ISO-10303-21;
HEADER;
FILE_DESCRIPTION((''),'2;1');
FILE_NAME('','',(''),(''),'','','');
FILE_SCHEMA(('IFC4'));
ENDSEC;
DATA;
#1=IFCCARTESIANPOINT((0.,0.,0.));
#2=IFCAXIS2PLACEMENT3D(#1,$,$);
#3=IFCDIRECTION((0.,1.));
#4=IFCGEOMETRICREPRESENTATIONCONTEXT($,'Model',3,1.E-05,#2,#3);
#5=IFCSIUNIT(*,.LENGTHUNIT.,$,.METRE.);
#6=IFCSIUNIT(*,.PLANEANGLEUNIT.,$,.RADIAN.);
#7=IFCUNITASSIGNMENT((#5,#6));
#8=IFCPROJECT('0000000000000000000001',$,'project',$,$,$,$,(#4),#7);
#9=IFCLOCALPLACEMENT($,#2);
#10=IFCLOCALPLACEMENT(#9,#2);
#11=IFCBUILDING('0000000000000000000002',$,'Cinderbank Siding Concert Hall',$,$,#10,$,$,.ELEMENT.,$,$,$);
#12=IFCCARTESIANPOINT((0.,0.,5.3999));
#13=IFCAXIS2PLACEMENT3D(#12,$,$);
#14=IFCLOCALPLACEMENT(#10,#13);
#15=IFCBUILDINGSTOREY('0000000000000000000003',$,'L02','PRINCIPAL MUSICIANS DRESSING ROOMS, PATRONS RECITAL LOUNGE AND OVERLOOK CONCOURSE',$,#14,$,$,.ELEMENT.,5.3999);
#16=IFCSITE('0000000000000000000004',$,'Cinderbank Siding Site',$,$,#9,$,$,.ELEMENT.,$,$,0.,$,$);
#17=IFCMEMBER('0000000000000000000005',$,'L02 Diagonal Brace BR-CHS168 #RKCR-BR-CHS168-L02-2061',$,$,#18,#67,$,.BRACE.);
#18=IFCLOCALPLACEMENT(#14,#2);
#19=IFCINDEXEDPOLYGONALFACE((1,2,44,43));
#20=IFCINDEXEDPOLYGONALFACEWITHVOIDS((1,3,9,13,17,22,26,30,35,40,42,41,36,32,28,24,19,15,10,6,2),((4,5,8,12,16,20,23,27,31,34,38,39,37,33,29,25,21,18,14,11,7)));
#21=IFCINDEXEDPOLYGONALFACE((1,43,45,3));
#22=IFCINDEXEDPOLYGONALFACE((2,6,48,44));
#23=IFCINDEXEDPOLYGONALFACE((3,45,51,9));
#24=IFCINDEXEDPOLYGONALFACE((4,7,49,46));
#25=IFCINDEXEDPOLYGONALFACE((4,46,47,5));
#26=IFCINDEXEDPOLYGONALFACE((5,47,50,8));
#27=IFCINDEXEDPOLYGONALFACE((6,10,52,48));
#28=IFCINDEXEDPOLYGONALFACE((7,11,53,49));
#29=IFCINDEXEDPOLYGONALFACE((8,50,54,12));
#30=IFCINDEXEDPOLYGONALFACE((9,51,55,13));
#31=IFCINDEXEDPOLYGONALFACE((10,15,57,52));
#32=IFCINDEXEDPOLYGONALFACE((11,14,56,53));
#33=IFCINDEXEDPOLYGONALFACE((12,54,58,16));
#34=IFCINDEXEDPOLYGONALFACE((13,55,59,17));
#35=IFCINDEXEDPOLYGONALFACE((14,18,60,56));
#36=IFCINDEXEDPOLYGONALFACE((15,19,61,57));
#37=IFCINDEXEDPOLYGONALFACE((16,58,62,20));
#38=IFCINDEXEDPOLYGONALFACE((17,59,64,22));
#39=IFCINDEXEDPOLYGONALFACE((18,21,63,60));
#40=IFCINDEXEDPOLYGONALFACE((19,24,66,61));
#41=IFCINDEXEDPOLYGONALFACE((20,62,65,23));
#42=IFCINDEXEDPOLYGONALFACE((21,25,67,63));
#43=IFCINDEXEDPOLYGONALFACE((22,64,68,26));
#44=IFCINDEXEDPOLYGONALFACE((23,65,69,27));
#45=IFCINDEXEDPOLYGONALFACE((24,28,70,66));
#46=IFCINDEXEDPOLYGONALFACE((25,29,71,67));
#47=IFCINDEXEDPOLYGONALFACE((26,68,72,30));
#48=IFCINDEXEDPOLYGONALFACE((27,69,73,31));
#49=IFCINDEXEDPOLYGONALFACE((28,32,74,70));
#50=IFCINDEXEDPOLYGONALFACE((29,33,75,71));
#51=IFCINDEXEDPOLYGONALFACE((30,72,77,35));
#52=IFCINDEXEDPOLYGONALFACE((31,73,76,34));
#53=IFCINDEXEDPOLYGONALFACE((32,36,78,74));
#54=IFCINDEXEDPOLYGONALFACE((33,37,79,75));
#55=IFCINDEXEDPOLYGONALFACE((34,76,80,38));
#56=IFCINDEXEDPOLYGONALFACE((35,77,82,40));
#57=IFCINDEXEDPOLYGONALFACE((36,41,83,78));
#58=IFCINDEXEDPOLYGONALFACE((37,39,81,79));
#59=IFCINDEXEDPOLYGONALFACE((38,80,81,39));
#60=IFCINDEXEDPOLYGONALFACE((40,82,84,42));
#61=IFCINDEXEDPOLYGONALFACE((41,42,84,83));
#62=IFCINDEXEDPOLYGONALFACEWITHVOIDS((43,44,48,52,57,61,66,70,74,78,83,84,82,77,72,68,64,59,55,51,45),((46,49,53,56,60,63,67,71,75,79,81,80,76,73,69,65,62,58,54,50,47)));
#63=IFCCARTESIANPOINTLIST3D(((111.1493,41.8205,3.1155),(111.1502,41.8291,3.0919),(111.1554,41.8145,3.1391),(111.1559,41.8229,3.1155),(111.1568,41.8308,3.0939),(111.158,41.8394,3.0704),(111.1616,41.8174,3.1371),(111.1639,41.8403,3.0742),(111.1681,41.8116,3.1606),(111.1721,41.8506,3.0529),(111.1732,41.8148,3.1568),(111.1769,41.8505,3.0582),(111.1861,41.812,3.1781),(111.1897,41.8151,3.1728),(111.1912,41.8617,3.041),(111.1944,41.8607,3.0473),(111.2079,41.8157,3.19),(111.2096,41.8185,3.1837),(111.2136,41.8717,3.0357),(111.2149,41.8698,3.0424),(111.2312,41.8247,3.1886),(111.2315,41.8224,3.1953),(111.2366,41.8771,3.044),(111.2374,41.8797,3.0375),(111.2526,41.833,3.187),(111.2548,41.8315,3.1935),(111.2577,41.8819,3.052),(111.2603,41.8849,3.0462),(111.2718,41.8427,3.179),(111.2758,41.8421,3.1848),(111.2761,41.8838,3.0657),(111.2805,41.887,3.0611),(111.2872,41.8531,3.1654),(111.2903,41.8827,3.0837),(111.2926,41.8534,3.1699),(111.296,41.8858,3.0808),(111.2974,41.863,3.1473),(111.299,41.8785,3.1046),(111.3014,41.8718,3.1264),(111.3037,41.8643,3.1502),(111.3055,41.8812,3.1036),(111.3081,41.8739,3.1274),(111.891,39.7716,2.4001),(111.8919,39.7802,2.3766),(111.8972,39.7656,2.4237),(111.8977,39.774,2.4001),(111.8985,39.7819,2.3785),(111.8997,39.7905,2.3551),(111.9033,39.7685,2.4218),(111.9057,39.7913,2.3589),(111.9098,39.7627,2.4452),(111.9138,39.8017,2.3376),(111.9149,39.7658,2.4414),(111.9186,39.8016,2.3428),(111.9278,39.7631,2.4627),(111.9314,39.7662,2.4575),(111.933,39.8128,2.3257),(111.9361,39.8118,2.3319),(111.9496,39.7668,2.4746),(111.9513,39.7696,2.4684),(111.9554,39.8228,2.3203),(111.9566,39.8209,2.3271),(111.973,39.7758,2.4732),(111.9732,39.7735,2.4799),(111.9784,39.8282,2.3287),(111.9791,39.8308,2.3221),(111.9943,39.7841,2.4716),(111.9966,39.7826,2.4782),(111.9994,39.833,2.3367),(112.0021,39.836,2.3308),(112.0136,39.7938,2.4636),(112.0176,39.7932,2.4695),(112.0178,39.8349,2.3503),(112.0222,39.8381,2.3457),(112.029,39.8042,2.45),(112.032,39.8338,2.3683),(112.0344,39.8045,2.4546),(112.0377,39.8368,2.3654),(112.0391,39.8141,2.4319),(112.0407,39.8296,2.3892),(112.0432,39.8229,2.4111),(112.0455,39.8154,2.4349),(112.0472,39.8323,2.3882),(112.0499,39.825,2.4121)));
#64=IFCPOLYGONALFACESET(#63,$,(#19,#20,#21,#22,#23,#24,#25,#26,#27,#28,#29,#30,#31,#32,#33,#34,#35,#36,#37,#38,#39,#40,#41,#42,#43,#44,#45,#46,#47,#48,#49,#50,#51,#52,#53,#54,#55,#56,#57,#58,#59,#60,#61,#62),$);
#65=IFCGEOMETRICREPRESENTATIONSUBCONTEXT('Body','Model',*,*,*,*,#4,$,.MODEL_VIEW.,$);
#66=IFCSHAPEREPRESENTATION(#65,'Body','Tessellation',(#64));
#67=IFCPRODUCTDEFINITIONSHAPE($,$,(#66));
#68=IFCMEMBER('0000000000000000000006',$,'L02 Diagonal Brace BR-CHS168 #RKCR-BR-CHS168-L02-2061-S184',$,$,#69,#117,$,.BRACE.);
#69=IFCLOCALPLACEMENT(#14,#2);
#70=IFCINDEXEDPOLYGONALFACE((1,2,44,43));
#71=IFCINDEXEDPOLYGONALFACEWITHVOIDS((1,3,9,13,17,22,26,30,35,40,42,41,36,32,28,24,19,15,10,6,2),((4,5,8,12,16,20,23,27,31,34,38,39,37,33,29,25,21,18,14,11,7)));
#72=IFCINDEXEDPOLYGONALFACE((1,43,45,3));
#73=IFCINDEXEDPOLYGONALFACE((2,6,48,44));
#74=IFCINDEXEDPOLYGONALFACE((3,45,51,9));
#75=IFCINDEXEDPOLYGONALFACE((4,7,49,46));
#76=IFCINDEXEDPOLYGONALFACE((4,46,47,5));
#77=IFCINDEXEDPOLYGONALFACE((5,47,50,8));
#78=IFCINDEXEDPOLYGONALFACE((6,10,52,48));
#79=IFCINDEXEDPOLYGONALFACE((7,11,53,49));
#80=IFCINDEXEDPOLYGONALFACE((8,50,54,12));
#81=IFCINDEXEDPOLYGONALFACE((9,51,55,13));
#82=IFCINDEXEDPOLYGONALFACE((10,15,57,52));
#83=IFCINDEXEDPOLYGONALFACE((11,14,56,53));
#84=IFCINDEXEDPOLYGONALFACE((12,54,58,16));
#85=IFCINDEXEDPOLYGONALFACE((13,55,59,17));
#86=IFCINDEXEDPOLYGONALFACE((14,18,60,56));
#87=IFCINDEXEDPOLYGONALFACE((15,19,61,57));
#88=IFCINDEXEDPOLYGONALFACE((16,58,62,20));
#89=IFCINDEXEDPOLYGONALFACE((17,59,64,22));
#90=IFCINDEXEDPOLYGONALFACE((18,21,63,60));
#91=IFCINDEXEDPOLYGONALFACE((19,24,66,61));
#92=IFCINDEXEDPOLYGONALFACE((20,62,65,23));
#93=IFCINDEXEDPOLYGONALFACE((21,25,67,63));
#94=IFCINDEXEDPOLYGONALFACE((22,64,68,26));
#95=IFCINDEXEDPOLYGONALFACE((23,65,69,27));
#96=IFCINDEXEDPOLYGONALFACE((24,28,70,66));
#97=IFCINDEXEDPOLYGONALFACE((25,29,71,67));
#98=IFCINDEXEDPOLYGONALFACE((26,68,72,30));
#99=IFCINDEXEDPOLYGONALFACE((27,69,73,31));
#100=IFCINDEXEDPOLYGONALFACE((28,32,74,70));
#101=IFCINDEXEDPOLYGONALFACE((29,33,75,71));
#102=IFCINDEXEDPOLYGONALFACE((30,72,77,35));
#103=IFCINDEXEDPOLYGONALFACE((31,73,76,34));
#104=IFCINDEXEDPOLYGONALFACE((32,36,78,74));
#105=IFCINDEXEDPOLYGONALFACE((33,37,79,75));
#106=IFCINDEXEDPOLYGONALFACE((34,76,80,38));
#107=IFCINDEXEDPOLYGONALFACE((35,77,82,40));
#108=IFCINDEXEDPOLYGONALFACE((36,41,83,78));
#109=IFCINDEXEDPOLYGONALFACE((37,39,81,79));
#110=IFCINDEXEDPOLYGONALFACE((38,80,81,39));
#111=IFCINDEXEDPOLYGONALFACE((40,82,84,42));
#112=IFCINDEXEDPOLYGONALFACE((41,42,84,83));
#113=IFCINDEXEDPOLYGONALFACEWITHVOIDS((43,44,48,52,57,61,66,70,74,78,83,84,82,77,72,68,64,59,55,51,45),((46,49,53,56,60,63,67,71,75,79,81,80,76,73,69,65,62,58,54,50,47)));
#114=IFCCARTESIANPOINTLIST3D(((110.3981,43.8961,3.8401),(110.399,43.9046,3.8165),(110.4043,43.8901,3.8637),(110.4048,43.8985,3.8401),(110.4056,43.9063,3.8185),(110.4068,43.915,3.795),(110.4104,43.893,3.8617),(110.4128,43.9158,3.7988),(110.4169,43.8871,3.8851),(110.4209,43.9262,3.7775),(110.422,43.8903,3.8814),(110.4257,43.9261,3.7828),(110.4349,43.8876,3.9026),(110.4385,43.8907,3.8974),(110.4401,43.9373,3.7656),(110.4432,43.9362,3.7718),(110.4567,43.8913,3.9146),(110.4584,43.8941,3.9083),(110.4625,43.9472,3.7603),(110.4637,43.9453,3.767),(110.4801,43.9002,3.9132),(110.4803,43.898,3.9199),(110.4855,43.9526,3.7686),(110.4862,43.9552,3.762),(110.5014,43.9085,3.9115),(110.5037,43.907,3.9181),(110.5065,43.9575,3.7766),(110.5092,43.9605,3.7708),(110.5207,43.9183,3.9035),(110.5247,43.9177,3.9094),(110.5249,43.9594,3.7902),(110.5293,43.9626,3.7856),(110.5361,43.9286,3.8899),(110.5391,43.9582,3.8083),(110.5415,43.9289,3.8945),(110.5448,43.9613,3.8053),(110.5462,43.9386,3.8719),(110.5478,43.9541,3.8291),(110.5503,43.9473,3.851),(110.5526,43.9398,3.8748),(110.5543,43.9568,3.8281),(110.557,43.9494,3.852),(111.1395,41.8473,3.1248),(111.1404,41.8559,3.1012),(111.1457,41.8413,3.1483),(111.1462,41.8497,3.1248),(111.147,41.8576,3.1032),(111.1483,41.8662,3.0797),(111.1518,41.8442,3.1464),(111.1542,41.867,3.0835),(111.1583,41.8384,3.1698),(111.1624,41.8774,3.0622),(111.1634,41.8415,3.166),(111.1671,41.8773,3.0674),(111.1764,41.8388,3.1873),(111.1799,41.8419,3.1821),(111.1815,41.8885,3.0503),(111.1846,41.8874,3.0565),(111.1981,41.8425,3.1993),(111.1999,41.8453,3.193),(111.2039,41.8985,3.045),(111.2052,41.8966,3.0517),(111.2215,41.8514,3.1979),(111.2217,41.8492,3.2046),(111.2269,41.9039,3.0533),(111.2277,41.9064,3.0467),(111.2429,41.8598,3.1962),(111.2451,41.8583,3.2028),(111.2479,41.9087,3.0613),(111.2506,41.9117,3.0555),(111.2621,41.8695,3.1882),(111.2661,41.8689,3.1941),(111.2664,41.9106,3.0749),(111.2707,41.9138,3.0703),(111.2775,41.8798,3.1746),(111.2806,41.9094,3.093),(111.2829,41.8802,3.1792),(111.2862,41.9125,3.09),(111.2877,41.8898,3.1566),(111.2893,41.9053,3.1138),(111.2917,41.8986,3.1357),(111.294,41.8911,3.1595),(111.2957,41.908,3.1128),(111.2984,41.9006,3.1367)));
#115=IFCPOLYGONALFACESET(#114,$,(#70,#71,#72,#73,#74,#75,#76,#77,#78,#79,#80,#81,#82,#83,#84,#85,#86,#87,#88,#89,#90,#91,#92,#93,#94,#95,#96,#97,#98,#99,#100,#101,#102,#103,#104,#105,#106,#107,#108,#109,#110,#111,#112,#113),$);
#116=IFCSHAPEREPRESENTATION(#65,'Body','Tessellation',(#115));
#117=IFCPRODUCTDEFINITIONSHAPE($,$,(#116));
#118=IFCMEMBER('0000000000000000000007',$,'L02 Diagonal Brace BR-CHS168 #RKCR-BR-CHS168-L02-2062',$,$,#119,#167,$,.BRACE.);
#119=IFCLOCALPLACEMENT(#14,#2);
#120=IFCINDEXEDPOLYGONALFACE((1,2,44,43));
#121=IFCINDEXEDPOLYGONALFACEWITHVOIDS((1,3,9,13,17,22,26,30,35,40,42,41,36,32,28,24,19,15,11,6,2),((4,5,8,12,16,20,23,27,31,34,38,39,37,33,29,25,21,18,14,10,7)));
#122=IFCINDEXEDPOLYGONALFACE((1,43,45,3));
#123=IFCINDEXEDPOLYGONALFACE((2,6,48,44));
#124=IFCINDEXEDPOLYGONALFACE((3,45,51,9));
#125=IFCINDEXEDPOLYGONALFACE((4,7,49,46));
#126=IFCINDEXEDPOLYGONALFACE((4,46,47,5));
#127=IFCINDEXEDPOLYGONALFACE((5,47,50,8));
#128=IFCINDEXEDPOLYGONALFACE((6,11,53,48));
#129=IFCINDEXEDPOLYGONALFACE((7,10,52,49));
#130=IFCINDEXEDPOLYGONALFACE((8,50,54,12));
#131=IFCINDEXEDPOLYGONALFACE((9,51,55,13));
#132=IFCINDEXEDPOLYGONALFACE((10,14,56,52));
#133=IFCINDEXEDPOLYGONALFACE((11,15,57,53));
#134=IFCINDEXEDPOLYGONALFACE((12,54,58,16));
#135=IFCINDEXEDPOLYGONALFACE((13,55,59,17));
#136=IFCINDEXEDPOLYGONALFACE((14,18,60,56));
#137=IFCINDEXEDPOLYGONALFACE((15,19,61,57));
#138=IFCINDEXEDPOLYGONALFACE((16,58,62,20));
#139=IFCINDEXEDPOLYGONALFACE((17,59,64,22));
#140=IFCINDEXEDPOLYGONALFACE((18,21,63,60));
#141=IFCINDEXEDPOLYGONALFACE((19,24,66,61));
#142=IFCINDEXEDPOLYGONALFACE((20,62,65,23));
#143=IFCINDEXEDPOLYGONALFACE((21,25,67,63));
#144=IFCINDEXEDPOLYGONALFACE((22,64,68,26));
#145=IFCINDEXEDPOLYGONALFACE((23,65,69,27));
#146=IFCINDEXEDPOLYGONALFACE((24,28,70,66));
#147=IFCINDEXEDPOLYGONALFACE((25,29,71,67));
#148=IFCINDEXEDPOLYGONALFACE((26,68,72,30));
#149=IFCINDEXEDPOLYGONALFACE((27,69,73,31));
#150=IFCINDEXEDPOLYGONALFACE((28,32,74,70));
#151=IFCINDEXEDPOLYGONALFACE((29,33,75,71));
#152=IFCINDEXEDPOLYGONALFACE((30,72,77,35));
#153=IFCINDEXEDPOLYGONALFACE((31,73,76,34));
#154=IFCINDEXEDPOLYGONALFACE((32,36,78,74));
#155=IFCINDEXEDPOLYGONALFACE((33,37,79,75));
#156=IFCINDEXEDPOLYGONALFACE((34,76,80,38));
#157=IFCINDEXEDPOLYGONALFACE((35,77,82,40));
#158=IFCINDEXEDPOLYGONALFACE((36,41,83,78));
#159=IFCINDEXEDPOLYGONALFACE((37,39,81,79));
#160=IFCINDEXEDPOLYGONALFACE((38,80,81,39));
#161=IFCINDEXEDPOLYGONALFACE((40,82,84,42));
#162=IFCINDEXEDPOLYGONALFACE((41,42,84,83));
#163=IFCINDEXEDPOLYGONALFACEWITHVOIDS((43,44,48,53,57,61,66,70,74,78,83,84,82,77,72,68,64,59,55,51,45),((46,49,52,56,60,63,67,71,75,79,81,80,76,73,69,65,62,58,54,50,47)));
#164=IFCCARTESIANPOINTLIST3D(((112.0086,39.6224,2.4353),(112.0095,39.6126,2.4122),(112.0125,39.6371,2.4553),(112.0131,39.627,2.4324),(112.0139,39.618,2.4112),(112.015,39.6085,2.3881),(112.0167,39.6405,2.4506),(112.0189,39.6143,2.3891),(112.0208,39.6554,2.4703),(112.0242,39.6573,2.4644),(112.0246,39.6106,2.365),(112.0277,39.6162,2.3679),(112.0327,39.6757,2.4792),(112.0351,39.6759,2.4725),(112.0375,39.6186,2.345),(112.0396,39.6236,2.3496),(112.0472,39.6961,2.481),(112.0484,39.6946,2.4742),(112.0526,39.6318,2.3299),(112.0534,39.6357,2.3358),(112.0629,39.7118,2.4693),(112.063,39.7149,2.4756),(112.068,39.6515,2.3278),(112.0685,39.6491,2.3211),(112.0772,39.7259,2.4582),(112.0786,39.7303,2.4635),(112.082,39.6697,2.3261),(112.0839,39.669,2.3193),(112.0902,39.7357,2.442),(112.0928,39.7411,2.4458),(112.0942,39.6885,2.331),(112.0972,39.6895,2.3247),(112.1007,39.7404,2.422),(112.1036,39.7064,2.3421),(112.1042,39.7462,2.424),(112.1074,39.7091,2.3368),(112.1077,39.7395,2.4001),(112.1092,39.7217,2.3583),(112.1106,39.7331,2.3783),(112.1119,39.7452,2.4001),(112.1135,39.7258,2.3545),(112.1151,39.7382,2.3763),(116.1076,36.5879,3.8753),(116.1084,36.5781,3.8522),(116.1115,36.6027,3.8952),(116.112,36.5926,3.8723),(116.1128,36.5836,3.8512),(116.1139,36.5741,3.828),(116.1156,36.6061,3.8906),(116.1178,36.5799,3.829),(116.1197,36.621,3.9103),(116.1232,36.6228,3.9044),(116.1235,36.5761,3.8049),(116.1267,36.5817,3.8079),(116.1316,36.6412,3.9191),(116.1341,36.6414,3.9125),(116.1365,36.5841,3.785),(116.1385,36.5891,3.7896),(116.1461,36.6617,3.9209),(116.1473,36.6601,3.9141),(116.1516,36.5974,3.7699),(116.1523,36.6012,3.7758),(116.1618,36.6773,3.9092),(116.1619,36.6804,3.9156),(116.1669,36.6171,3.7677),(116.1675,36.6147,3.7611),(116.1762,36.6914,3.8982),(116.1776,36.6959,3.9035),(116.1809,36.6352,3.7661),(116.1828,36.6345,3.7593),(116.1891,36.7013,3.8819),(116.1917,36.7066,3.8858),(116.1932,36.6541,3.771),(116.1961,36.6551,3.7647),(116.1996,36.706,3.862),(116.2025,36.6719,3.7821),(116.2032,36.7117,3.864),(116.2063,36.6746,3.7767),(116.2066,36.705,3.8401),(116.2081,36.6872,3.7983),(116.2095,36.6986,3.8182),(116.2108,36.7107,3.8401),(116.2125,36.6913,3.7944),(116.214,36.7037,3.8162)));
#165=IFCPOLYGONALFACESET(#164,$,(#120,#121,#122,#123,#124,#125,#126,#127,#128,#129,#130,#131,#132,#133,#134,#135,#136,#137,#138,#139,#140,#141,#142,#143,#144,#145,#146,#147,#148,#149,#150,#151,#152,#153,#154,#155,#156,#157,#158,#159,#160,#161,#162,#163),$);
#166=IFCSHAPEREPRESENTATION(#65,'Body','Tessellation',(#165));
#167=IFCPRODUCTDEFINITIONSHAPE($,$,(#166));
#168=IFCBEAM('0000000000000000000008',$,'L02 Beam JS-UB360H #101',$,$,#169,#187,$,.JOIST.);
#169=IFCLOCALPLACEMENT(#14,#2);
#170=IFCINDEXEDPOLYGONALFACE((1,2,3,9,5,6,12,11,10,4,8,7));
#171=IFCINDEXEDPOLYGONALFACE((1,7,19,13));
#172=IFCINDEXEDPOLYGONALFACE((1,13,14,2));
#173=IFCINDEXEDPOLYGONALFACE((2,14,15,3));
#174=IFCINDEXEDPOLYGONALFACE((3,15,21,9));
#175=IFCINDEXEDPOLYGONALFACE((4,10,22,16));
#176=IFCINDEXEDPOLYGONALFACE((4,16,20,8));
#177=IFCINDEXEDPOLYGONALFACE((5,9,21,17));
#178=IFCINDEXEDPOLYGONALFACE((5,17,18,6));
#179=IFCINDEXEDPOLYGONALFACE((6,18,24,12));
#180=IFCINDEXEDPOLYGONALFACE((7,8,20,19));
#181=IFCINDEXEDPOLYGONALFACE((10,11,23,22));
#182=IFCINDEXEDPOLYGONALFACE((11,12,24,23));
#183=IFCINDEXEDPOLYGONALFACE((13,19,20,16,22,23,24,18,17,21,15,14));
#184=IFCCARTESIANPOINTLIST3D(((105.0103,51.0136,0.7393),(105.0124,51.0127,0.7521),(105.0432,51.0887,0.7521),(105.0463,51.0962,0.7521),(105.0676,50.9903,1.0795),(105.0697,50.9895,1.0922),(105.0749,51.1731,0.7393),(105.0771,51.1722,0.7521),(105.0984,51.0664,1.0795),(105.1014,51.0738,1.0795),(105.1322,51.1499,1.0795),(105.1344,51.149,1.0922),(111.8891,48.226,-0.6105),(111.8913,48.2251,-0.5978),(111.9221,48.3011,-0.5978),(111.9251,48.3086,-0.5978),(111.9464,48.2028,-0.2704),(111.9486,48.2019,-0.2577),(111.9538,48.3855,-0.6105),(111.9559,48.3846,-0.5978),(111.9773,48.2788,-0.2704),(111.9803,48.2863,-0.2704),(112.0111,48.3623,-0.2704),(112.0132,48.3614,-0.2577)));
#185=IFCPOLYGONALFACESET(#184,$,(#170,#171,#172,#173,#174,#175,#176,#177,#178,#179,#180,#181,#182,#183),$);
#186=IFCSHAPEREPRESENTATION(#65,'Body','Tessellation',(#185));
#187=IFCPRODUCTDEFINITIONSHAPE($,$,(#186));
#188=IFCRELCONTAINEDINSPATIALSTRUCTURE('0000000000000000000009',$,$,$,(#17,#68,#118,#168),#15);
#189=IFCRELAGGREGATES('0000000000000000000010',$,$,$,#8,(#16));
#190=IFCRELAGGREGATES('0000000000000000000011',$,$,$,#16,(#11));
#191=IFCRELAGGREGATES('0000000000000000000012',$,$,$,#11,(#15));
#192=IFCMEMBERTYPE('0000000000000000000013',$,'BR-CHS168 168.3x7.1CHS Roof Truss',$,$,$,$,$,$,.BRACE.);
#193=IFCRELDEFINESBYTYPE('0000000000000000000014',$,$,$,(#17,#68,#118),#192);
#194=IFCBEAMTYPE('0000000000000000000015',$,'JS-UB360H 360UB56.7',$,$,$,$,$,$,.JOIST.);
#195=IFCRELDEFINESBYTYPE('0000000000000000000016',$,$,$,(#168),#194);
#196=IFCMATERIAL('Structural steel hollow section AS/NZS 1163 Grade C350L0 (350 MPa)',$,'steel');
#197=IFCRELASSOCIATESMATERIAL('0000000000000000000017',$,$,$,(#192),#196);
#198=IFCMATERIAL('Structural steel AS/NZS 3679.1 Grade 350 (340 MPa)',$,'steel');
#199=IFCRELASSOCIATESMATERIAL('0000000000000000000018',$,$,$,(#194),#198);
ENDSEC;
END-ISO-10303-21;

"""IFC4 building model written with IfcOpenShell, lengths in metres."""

from ifc_helpers import new_model, si_unit, direction, frame, origin, origin_2d, place, context, subcontext, project, spatial, hollow_circle, i_section, extrude, material, material_profile, profile_set, type_object, element, save


model = new_model("IFC4")

# Units and contexts
model_context = context("Model", 3, precision=1e-05, world=origin(), true_north=direction((0.0, 1.0)))
body_context = subcontext(model_context, "Body", "Model", "MODEL_VIEW")
ifc_project = project(units=[si_unit("LENGTHUNIT", "METRE"), si_unit("PLANEANGLEUNIT", "RADIAN")], contexts=[model_context])

# Site, building, storey
site_placement = place(None, origin())
site = spatial("IfcSite", under=ifc_project, at=site_placement, Name="Cinderbank Siding Site", CompositionType="ELEMENT", RefElevation=0.0)
building_placement = place(site_placement, origin())
building = spatial("IfcBuilding", under=site, at=building_placement, Name="Cinderbank Siding Concert Hall", CompositionType="ELEMENT")
storey_placement = place(building_placement, frame((0.0, 0.0, 5.3999)))
storey = spatial("IfcBuildingStorey", under=building, at=storey_placement, Name="L02", Description="PRINCIPAL MUSICIANS DRESSING ROOMS, PATRONS RECITAL LOUNGE AND OVERLOOK CONCOURSE", CompositionType="ELEMENT", Elevation=5.3999)

# Shared definitions
ifc_material_1 = material(Name="Structural steel hollow section AS/NZS 1163 Grade C350L0 (350 MPa)", Category="steel")

# Shared definitions
ifc_material_2 = material(Name="Structural steel AS/NZS 3679.1 Grade 350 (340 MPa)", Category="steel")

# Members
ifc_material_profile_1 = material_profile(ifc_material_1, hollow_circle(Radius=0.0842, WallThickness=0.0071, at=origin_2d()), Name="168.3x7.1CHS", Category="LoadBearing")
ifc_profile_set_1 = profile_set([ifc_material_profile_1], Name="Structural steel hollow section AS/NZS 1163 Grade C350L0 (350 MPa)")
member_type_1 = type_object("IfcMemberType", Name="BR-CHS168 168.3x7.1CHS Roof Truss", PredefinedType="BRACE", material=ifc_profile_set_1)
for number, where, z_axis, x_axis, name in (
    (1, (111.9702, 39.8003, 2.4001), (-0.323411, 0.893373, 0.311914), (-0.940283, -0.340393, 0.0), "L02 Diagonal Brace BR-CHS168 #RKCR-BR-CHS168-L02-2061"),
):
    element("IfcMember", number, at=place(storey_placement, frame(where, z_axis=z_axis, x_axis=x_axis)), inside=storey, type_object=member_type_1, Name=name, PredefinedType="BRACE", context=body_context, shape_type="SweptSolid", body=[
        extrude(hollow_circle(Radius=0.0842, WallThickness=0.0071, at=origin_2d()), origin(), (0.0, 0.0, 1.0), 2.2935),
    ])
member_1_placement = place(storey_placement, frame((111.2188, 41.876, 3.1248), z_axis=(-0.323316, 0.893404, 0.311925), x_axis=(-0.940319, -0.340294, 0.0)))
element("IfcMember", 2, at=member_1_placement, inside=storey, type_object=member_type_1, Name="L02 Diagonal Brace BR-CHS168 #RKCR-BR-CHS168-L02-2061-S184", PredefinedType="BRACE", context=body_context, shape_type="SweptSolid", body=[
    extrude(hollow_circle(Radius=0.0842, WallThickness=0.0071, at=origin_2d()), origin(), (0.0, 0.0, 1.0), 2.2932),
])
member_2_placement = place(storey_placement, frame((112.0618, 39.6775, 2.4001), z_axis=(0.773484, -0.572615, 0.271726), x_axis=(0.595002, 0.803724, 0.0)))
element("IfcMember", 3, at=member_2_placement, inside=storey, type_object=member_type_1, Name="L02 Diagonal Brace BR-CHS168 #RKCR-BR-CHS168-L02-2062", PredefinedType="BRACE", context=body_context, shape_type="SweptSolid", body=[
    extrude(hollow_circle(Radius=0.0842, WallThickness=0.0071, at=origin_2d()), origin(), (0.0, 0.0, 1.0), 5.2993),
])

# Beam
ifc_material_profile_2 = material_profile(ifc_material_2, i_section(OverallWidth=0.1721, OverallDepth=0.3586, WebThickness=0.0081, FlangeThickness=0.0129, at=origin_2d()), Name="360UB56.7", Category="LoadBearing")
ifc_profile_set_2 = profile_set([ifc_material_profile_2], Name="Structural steel AS/NZS 3679.1 Grade 350 (340 MPa)")
beam_type_1 = type_object("IfcBeamType", Name="JS-UB360H 360UB56.7", PredefinedType="JOIST", material=ifc_profile_set_2)
beam_1_placement = place(storey_placement, frame((111.9512, 48.2937, -0.4341), z_axis=(-0.911836, 0.369511, 0.17893), x_axis=(-0.375572, -0.926793, 0.0)))
element("IfcBeam", 4, at=beam_1_placement, inside=storey, type_object=beam_type_1, Name="L02 Beam JS-UB360H #101", PredefinedType="JOIST", context=body_context, shape_type="SweptSolid", body=[
    extrude(i_section(OverallWidth=0.1721, OverallDepth=0.3586, WebThickness=0.0081, FlangeThickness=0.0129, at=origin_2d()), origin(), (0.0, 0.0, 1.0), 7.5439),
])

save(model, "model.ifc")
